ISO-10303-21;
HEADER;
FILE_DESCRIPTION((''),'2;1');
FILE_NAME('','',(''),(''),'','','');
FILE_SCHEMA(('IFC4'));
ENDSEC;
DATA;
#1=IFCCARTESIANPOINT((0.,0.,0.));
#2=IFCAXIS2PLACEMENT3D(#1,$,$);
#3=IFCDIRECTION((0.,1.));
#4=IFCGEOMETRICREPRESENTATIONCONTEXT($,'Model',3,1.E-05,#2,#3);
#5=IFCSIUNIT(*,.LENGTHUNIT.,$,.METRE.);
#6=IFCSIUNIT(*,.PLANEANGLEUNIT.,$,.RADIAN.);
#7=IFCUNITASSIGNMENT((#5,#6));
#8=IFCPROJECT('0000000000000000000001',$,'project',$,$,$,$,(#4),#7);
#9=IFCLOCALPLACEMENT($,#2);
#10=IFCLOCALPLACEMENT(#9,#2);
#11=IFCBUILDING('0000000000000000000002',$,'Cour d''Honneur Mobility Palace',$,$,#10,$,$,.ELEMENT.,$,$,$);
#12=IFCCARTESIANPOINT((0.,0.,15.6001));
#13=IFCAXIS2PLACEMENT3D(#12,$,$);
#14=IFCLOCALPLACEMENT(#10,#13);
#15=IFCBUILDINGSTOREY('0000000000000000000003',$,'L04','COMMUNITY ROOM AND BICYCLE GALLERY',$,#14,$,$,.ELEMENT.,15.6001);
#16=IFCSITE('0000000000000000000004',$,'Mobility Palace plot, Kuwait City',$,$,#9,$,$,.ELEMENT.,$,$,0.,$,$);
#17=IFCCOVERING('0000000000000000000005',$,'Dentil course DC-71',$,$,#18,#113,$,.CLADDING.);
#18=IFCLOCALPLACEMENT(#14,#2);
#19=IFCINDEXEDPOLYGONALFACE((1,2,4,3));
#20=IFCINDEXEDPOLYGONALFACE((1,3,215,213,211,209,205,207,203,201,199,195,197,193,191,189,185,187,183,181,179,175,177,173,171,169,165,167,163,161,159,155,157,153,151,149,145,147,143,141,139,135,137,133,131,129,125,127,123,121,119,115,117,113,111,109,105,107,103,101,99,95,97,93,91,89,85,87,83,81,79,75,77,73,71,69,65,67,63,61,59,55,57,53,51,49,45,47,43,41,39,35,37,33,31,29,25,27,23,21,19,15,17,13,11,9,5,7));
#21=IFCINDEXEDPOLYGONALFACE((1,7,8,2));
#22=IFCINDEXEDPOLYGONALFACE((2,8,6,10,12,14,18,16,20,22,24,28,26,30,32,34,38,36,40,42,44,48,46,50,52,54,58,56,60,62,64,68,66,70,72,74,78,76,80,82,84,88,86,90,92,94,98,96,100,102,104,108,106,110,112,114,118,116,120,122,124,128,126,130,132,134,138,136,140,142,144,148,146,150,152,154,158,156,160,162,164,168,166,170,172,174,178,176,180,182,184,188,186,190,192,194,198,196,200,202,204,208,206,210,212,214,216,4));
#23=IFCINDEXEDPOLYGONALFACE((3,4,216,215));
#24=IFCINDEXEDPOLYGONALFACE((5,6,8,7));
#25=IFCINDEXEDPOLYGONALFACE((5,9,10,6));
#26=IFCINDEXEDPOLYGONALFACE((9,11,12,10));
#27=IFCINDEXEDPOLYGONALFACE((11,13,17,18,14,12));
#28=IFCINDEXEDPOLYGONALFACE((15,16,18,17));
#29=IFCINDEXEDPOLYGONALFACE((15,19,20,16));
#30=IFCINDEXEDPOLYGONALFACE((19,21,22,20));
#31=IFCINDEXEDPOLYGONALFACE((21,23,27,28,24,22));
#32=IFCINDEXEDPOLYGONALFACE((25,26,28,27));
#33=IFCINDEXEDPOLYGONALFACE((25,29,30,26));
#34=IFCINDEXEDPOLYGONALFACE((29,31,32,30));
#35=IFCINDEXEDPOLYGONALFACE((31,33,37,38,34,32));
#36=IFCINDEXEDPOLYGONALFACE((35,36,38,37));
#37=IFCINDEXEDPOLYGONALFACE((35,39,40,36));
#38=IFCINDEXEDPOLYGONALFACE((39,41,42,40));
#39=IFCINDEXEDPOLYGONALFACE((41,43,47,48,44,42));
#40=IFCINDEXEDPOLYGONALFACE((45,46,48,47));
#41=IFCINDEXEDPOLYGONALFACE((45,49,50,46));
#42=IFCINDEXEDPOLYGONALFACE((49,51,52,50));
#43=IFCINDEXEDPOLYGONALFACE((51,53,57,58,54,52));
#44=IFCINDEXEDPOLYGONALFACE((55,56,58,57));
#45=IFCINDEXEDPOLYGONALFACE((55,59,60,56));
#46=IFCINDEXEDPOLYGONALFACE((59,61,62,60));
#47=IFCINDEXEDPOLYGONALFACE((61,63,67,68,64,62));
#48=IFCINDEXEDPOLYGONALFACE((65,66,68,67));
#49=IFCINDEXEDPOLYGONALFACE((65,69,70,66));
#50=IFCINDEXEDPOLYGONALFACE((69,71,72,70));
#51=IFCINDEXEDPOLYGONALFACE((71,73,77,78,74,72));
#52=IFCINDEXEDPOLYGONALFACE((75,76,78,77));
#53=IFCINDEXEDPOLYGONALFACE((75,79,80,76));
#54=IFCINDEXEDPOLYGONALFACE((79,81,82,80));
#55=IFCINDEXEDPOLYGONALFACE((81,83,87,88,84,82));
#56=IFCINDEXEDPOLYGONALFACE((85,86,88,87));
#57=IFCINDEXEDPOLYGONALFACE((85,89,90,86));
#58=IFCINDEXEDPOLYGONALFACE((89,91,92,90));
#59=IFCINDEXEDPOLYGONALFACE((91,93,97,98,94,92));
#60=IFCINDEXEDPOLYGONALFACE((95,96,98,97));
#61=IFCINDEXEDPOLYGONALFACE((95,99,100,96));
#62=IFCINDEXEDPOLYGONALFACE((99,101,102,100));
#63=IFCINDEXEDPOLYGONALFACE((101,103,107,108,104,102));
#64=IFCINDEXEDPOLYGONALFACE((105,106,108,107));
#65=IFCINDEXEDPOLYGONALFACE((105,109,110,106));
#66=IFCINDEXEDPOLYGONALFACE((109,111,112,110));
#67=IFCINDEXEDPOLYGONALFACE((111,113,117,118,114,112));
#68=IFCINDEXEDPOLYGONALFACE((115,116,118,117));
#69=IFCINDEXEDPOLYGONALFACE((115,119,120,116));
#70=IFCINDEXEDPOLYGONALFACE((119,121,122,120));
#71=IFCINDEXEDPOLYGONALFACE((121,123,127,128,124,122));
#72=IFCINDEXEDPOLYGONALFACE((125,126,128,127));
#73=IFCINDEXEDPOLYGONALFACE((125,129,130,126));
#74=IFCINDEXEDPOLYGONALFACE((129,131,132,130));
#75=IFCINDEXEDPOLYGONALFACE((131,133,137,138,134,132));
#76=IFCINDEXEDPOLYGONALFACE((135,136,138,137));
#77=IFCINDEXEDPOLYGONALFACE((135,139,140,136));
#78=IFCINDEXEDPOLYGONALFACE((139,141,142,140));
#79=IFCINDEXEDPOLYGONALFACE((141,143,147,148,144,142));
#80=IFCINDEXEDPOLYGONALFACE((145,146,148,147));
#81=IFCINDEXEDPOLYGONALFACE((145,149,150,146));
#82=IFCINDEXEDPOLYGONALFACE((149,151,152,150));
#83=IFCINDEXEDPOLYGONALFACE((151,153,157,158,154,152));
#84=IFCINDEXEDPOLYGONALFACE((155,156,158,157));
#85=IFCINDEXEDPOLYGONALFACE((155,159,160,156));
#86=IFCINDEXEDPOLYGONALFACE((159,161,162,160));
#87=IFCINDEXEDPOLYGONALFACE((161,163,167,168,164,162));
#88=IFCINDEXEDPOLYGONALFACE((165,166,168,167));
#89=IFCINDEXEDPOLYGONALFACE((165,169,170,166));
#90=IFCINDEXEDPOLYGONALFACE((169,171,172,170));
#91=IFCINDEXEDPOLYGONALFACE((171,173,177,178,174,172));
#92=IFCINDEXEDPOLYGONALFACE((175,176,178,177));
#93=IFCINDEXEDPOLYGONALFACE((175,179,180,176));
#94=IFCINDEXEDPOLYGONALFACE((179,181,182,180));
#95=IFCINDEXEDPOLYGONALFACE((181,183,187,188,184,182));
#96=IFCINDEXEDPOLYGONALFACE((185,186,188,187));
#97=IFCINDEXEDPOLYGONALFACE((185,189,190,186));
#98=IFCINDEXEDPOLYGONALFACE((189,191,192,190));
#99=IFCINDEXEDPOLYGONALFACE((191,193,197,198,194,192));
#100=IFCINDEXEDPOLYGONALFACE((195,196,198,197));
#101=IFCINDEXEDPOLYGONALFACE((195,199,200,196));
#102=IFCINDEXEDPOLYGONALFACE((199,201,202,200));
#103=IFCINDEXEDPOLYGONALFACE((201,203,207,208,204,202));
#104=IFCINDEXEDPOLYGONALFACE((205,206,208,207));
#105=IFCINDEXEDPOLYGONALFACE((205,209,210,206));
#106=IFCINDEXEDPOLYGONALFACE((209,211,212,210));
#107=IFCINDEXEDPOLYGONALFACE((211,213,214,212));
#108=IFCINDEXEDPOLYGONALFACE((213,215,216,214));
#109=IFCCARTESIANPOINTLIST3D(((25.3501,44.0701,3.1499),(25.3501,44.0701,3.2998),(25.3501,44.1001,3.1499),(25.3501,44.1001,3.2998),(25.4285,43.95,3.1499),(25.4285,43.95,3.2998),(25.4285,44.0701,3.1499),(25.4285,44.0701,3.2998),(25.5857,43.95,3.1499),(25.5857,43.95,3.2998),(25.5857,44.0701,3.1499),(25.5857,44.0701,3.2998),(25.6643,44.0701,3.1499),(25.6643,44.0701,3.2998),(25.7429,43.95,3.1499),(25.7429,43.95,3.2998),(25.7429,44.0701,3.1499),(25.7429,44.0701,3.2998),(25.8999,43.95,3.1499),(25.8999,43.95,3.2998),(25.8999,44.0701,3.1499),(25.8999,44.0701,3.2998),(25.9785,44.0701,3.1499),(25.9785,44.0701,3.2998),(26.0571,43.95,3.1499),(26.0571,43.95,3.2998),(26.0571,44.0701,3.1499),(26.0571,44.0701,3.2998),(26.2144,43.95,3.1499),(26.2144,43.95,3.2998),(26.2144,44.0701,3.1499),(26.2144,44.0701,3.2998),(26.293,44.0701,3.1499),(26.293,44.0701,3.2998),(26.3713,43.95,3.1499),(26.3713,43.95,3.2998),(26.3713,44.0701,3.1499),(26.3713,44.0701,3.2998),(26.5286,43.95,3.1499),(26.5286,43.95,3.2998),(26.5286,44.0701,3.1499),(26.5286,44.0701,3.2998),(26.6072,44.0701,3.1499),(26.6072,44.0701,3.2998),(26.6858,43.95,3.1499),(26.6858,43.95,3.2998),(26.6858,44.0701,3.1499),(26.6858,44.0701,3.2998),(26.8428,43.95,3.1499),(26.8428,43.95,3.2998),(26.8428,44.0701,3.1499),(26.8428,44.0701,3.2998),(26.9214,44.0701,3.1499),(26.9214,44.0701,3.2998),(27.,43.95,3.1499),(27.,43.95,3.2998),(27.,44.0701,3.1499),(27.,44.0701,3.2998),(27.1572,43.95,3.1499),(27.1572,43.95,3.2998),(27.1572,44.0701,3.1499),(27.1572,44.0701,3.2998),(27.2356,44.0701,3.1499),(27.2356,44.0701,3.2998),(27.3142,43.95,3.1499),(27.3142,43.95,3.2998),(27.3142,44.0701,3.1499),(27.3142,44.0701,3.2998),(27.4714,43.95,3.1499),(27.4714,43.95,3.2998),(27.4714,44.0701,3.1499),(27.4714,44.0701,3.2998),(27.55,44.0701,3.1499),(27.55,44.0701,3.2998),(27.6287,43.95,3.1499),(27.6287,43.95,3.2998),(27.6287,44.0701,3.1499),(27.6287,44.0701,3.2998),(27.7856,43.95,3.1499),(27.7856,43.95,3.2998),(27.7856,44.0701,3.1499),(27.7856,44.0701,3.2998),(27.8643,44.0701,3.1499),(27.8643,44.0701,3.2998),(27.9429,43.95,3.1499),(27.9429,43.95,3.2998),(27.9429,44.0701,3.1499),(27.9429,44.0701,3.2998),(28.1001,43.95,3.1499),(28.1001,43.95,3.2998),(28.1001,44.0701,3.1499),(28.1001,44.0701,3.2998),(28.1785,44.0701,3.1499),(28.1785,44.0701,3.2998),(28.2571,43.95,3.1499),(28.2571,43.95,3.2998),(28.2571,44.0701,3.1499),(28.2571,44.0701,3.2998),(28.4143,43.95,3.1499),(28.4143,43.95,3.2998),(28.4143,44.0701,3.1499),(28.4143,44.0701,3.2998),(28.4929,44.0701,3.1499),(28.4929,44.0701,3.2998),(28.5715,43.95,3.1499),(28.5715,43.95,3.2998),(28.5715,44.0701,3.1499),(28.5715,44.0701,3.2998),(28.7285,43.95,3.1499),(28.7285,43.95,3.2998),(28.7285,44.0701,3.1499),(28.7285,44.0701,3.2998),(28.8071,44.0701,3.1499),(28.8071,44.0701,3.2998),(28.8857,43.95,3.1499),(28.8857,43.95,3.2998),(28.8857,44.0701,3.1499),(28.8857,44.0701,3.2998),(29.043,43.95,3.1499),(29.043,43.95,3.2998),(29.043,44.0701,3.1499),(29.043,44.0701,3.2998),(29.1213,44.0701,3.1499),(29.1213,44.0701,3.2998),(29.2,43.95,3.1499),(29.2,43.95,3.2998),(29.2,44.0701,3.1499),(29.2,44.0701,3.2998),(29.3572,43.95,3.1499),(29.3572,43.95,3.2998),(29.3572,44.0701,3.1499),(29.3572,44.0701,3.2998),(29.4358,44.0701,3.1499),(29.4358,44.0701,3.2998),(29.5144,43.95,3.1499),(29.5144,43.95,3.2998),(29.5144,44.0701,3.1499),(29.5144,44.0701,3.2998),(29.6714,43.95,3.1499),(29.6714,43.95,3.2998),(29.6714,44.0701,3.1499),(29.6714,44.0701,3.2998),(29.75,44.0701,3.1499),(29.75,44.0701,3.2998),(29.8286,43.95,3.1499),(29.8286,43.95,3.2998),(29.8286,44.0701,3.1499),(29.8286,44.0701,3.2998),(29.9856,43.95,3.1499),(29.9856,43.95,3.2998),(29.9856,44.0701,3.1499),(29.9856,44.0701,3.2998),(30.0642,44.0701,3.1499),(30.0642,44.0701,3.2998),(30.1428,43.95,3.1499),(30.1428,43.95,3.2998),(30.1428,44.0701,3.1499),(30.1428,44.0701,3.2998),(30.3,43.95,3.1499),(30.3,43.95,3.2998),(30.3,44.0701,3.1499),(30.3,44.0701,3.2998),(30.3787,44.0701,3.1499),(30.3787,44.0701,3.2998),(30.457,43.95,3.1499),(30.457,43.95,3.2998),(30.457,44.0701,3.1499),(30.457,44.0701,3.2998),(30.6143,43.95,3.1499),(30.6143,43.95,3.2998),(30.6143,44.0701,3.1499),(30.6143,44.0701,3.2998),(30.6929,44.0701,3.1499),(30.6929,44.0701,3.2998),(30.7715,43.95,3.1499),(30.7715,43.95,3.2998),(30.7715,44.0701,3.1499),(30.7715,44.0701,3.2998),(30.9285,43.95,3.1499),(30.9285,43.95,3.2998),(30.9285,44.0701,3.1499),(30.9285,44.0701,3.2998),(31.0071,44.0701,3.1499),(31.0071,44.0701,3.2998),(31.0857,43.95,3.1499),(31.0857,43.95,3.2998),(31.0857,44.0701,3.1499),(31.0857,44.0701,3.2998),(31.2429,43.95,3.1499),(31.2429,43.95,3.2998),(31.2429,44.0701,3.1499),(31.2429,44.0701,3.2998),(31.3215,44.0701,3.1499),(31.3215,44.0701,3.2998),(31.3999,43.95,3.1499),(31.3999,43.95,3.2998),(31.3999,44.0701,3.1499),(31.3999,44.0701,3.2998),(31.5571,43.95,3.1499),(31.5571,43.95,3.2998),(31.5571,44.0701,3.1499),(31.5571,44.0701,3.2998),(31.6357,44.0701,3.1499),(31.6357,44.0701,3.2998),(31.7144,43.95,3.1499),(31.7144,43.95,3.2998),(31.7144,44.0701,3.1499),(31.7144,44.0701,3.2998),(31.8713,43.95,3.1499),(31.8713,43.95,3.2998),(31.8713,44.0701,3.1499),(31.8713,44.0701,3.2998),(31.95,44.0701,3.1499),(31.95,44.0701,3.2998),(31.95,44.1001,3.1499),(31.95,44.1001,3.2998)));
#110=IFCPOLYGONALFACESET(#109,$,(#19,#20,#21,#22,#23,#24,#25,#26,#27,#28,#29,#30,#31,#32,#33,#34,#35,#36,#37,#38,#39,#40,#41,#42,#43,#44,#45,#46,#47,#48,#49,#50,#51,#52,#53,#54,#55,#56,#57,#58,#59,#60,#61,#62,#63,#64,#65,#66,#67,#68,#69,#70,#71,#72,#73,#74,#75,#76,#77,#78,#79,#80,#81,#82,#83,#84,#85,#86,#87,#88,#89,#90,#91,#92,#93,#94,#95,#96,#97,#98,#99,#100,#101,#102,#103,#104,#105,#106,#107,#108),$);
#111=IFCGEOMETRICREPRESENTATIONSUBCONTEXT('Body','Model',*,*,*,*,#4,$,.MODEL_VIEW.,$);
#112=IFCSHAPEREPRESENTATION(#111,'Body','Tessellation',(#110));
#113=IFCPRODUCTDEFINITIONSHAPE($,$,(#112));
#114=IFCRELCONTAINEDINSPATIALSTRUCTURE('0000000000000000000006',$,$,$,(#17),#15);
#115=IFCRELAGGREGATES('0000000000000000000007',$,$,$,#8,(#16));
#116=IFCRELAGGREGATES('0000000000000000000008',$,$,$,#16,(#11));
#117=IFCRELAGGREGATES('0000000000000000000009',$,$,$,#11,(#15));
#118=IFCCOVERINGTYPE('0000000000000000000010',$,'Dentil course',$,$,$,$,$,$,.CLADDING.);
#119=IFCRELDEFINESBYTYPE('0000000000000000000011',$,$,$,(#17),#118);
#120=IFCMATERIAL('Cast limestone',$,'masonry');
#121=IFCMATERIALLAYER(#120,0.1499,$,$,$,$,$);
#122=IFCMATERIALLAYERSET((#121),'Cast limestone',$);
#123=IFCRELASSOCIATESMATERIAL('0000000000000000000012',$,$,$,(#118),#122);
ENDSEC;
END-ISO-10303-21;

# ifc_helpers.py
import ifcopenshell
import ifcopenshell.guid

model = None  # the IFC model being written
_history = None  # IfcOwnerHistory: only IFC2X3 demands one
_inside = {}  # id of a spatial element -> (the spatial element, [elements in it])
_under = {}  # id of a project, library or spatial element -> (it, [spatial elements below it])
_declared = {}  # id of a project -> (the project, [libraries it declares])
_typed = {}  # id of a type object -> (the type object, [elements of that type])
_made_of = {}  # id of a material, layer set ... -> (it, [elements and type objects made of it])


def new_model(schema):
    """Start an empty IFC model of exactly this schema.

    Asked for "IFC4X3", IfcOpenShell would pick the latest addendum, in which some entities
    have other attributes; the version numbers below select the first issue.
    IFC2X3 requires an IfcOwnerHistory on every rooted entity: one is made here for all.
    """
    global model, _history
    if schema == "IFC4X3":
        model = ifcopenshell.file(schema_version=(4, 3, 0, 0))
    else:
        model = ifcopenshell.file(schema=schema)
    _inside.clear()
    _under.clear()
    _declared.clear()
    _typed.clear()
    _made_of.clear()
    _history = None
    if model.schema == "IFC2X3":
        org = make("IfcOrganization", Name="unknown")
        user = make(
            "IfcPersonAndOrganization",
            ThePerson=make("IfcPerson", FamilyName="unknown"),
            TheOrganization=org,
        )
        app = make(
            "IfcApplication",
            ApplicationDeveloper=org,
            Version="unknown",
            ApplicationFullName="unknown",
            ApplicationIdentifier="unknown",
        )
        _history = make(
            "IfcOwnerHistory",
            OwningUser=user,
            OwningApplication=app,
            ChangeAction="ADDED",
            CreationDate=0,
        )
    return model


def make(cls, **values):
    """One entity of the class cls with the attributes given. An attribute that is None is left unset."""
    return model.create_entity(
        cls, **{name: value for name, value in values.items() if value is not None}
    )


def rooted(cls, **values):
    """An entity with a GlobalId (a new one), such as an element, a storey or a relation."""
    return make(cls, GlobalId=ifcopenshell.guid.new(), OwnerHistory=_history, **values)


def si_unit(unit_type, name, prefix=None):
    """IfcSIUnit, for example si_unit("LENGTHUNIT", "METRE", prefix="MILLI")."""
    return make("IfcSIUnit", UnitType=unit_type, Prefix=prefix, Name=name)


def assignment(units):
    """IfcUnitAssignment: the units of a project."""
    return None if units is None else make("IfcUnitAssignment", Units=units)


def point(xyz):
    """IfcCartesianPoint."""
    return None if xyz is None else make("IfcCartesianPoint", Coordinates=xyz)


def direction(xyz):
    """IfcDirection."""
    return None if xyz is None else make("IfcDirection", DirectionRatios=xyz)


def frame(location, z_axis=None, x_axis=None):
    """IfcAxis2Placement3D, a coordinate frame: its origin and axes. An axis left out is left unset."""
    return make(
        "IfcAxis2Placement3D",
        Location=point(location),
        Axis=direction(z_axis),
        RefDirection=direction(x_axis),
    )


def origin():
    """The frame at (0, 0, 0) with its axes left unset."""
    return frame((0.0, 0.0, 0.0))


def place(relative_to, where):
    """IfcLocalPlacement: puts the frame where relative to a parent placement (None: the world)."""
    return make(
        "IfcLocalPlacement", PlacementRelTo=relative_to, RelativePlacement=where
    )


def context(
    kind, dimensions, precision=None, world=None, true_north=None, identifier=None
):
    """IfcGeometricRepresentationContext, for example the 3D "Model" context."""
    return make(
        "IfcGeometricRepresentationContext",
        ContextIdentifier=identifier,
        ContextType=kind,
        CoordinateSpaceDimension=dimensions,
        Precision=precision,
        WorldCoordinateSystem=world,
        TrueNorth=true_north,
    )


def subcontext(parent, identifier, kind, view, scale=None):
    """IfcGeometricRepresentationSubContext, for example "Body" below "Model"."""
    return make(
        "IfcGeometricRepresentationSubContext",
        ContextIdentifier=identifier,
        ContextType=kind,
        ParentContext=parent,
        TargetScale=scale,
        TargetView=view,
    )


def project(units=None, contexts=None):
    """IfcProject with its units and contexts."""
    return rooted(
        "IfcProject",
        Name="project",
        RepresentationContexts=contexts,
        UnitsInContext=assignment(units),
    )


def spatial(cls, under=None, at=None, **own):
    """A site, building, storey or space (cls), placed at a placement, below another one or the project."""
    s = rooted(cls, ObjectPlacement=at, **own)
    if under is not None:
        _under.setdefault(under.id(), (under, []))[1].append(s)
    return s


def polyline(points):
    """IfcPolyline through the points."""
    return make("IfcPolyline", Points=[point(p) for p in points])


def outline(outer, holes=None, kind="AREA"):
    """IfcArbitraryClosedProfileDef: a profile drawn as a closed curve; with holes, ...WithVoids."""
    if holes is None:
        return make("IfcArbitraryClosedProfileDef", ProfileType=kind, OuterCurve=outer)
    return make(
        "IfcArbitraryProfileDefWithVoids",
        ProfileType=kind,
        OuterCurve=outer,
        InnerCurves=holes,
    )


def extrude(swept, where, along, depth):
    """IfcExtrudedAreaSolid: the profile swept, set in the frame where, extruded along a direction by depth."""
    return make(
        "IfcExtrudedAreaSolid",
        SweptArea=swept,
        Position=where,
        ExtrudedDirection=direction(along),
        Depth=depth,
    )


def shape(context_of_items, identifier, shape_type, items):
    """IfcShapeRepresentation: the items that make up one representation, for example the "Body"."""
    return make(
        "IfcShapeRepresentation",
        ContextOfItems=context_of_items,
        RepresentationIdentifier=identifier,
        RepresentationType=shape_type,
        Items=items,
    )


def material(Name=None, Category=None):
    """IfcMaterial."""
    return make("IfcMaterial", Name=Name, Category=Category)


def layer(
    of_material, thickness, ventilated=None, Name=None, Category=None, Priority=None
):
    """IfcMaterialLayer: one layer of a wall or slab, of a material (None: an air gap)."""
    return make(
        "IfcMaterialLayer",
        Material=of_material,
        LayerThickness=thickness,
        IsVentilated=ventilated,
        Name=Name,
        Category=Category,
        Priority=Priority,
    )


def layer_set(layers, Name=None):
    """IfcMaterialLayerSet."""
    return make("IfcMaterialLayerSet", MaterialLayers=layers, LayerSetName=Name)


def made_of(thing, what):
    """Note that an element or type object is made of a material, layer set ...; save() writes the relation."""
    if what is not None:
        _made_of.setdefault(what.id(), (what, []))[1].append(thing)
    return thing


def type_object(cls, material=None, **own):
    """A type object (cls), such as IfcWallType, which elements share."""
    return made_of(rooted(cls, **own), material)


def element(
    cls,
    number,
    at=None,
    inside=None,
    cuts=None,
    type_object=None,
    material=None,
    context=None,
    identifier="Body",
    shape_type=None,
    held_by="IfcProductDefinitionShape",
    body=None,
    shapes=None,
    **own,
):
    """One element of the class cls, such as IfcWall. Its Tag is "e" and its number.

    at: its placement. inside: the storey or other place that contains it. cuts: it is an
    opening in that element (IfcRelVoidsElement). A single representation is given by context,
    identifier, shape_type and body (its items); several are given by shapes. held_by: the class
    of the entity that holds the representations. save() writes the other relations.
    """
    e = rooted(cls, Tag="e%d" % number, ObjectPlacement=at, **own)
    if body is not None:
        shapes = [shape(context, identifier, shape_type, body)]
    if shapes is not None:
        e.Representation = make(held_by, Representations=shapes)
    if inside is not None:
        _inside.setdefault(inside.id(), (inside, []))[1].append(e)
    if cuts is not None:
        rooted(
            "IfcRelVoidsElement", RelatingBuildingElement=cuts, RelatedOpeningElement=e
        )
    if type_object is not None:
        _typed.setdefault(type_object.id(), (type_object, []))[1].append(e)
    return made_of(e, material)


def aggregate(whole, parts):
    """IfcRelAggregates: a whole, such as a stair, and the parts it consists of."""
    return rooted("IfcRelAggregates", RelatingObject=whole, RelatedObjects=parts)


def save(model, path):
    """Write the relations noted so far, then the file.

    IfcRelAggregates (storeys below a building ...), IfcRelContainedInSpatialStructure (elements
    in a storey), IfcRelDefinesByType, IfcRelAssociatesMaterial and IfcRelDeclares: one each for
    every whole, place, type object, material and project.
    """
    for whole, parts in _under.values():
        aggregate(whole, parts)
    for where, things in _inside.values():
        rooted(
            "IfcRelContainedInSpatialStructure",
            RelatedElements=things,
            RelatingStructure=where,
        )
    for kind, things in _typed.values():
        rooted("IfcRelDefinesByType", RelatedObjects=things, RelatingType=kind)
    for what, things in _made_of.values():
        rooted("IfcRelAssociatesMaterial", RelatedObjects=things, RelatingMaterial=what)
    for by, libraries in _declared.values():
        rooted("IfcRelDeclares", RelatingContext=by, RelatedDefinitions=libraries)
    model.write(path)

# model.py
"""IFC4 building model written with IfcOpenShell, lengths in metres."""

from ifc_helpers import new_model, si_unit, direction, frame, origin, place, context, subcontext, project, spatial, polyline, outline, extrude, material, layer, layer_set, type_object, element, save


model = new_model("IFC4")

# Units and contexts
model_context = context("Model", 3, precision=1e-05, world=origin(), true_north=direction((0.0, 1.0)))
body_context = subcontext(model_context, "Body", "Model", "MODEL_VIEW")
ifc_project = project(units=[si_unit("LENGTHUNIT", "METRE"), si_unit("PLANEANGLEUNIT", "RADIAN")], contexts=[model_context])

# Site, building, storey
site_placement = place(None, origin())
site = spatial("IfcSite", under=ifc_project, at=site_placement, Name="Mobility Palace plot, Kuwait City", CompositionType="ELEMENT", RefElevation=0.0)
building_placement = place(site_placement, origin())
building = spatial("IfcBuilding", under=site, at=building_placement, Name="Cour d'Honneur Mobility Palace", CompositionType="ELEMENT")
storey_placement = place(building_placement, frame((0.0, 0.0, 15.6001)))
storey = spatial("IfcBuildingStorey", under=building, at=storey_placement, Name="L04", Description="COMMUNITY ROOM AND BICYCLE GALLERY", CompositionType="ELEMENT", Elevation=15.6001)

# Covering
ifc_material_1 = material(Name="Cast limestone", Category="masonry")
ifc_layer_1 = layer(ifc_material_1, 0.1499)
ifc_layer_set_1 = layer_set([ifc_layer_1], Name="Cast limestone")
covering_type_1 = type_object("IfcCoveringType", Name="Dentil course", PredefinedType="CLADDING", material=ifc_layer_set_1)
covering_1_placement = place(storey_placement, frame((0.0, 0.0, 3.1499)))
element("IfcCovering", 1, at=covering_1_placement, inside=storey, type_object=covering_type_1, Name="Dentil course DC-71", PredefinedType="CLADDING", context=body_context, shape_type="SweptSolid", body=[
    extrude(outline(polyline([(25.3501, 44.1001), (31.95, 44.1001), (31.95, 44.0701), (31.95, 44.0701), (31.8713, 44.0701), (31.8713, 43.95), (31.7144, 43.95), (31.7144, 44.0701), (31.6357, 44.0701), (31.6357, 44.0701), (31.5571, 44.0701), (31.5571, 43.95), (31.3999, 43.95), (31.3999, 44.0701), (31.3215, 44.0701), (31.3215, 44.0701), (31.2429, 44.0701), (31.2429, 43.95), (31.0857, 43.95), (31.0857, 44.0701), (31.0071, 44.0701), (31.0071, 44.0701), (30.9285, 44.0701), (30.9285, 43.95), (30.7715, 43.95), (30.7715, 44.0701), (30.6929, 44.0701), (30.6929, 44.0701), (30.6143, 44.0701), (30.6143, 43.95), (30.457, 43.95), (30.457, 44.0701), (30.3787, 44.0701), (30.3787, 44.0701), (30.3, 44.0701), (30.3, 43.95), (30.1428, 43.95), (30.1428, 44.0701), (30.0642, 44.0701), (30.0642, 44.0701), (29.9856, 44.0701), (29.9856, 43.95), (29.8286, 43.95), (29.8286, 44.0701), (29.75, 44.0701), (29.75, 44.0701), (29.6714, 44.0701), (29.6714, 43.95), (29.5144, 43.95), (29.5144, 44.0701), (29.4358, 44.0701), (29.4358, 44.0701), (29.3572, 44.0701), (29.3572, 43.95), (29.2, 43.95), (29.2, 44.0701), (29.1213, 44.0701), (29.1213, 44.0701), (29.043, 44.0701), (29.043, 43.95), (28.8857, 43.95), (28.8857, 44.0701), (28.8071, 44.0701), (28.8071, 44.0701), (28.7285, 44.0701), (28.7285, 43.95), (28.5715, 43.95), (28.5715, 44.0701), (28.4929, 44.0701), (28.4929, 44.0701), (28.4143, 44.0701), (28.4143, 43.95), (28.2571, 43.95), (28.2571, 44.0701), (28.1785, 44.0701), (28.1785, 44.0701), (28.1001, 44.0701), (28.1001, 43.95), (27.9429, 43.95), (27.9429, 44.0701), (27.8643, 44.0701), (27.8643, 44.0701), (27.7856, 44.0701), (27.7856, 43.95), (27.6287, 43.95), (27.6287, 44.0701), (27.55, 44.0701), (27.55, 44.0701), (27.4714, 44.0701), (27.4714, 43.95), (27.3142, 43.95), (27.3142, 44.0701), (27.2356, 44.0701), (27.2356, 44.0701), (27.1572, 44.0701), (27.1572, 43.95), (27.0, 43.95), (27.0, 44.0701), (26.9214, 44.0701), (26.9214, 44.0701), (26.8428, 44.0701), (26.8428, 43.95), (26.6858, 43.95), (26.6858, 44.0701), (26.6072, 44.0701), (26.6072, 44.0701), (26.5286, 44.0701), (26.5286, 43.95), (26.3713, 43.95), (26.3713, 44.0701), (26.293, 44.0701), (26.293, 44.0701), (26.2144, 44.0701), (26.2144, 43.95), (26.0571, 43.95), (26.0571, 44.0701), (25.9785, 44.0701), (25.9785, 44.0701), (25.8999, 44.0701), (25.8999, 43.95), (25.7429, 43.95), (25.7429, 44.0701), (25.6643, 44.0701), (25.6643, 44.0701), (25.5857, 44.0701), (25.5857, 43.95), (25.4285, 43.95), (25.4285, 44.0701), (25.3501, 44.0701), (25.3501, 44.1001)])), origin(), (0.0, 0.0, 1.0), 0.1499),
])

save(model, "model.ifc")
